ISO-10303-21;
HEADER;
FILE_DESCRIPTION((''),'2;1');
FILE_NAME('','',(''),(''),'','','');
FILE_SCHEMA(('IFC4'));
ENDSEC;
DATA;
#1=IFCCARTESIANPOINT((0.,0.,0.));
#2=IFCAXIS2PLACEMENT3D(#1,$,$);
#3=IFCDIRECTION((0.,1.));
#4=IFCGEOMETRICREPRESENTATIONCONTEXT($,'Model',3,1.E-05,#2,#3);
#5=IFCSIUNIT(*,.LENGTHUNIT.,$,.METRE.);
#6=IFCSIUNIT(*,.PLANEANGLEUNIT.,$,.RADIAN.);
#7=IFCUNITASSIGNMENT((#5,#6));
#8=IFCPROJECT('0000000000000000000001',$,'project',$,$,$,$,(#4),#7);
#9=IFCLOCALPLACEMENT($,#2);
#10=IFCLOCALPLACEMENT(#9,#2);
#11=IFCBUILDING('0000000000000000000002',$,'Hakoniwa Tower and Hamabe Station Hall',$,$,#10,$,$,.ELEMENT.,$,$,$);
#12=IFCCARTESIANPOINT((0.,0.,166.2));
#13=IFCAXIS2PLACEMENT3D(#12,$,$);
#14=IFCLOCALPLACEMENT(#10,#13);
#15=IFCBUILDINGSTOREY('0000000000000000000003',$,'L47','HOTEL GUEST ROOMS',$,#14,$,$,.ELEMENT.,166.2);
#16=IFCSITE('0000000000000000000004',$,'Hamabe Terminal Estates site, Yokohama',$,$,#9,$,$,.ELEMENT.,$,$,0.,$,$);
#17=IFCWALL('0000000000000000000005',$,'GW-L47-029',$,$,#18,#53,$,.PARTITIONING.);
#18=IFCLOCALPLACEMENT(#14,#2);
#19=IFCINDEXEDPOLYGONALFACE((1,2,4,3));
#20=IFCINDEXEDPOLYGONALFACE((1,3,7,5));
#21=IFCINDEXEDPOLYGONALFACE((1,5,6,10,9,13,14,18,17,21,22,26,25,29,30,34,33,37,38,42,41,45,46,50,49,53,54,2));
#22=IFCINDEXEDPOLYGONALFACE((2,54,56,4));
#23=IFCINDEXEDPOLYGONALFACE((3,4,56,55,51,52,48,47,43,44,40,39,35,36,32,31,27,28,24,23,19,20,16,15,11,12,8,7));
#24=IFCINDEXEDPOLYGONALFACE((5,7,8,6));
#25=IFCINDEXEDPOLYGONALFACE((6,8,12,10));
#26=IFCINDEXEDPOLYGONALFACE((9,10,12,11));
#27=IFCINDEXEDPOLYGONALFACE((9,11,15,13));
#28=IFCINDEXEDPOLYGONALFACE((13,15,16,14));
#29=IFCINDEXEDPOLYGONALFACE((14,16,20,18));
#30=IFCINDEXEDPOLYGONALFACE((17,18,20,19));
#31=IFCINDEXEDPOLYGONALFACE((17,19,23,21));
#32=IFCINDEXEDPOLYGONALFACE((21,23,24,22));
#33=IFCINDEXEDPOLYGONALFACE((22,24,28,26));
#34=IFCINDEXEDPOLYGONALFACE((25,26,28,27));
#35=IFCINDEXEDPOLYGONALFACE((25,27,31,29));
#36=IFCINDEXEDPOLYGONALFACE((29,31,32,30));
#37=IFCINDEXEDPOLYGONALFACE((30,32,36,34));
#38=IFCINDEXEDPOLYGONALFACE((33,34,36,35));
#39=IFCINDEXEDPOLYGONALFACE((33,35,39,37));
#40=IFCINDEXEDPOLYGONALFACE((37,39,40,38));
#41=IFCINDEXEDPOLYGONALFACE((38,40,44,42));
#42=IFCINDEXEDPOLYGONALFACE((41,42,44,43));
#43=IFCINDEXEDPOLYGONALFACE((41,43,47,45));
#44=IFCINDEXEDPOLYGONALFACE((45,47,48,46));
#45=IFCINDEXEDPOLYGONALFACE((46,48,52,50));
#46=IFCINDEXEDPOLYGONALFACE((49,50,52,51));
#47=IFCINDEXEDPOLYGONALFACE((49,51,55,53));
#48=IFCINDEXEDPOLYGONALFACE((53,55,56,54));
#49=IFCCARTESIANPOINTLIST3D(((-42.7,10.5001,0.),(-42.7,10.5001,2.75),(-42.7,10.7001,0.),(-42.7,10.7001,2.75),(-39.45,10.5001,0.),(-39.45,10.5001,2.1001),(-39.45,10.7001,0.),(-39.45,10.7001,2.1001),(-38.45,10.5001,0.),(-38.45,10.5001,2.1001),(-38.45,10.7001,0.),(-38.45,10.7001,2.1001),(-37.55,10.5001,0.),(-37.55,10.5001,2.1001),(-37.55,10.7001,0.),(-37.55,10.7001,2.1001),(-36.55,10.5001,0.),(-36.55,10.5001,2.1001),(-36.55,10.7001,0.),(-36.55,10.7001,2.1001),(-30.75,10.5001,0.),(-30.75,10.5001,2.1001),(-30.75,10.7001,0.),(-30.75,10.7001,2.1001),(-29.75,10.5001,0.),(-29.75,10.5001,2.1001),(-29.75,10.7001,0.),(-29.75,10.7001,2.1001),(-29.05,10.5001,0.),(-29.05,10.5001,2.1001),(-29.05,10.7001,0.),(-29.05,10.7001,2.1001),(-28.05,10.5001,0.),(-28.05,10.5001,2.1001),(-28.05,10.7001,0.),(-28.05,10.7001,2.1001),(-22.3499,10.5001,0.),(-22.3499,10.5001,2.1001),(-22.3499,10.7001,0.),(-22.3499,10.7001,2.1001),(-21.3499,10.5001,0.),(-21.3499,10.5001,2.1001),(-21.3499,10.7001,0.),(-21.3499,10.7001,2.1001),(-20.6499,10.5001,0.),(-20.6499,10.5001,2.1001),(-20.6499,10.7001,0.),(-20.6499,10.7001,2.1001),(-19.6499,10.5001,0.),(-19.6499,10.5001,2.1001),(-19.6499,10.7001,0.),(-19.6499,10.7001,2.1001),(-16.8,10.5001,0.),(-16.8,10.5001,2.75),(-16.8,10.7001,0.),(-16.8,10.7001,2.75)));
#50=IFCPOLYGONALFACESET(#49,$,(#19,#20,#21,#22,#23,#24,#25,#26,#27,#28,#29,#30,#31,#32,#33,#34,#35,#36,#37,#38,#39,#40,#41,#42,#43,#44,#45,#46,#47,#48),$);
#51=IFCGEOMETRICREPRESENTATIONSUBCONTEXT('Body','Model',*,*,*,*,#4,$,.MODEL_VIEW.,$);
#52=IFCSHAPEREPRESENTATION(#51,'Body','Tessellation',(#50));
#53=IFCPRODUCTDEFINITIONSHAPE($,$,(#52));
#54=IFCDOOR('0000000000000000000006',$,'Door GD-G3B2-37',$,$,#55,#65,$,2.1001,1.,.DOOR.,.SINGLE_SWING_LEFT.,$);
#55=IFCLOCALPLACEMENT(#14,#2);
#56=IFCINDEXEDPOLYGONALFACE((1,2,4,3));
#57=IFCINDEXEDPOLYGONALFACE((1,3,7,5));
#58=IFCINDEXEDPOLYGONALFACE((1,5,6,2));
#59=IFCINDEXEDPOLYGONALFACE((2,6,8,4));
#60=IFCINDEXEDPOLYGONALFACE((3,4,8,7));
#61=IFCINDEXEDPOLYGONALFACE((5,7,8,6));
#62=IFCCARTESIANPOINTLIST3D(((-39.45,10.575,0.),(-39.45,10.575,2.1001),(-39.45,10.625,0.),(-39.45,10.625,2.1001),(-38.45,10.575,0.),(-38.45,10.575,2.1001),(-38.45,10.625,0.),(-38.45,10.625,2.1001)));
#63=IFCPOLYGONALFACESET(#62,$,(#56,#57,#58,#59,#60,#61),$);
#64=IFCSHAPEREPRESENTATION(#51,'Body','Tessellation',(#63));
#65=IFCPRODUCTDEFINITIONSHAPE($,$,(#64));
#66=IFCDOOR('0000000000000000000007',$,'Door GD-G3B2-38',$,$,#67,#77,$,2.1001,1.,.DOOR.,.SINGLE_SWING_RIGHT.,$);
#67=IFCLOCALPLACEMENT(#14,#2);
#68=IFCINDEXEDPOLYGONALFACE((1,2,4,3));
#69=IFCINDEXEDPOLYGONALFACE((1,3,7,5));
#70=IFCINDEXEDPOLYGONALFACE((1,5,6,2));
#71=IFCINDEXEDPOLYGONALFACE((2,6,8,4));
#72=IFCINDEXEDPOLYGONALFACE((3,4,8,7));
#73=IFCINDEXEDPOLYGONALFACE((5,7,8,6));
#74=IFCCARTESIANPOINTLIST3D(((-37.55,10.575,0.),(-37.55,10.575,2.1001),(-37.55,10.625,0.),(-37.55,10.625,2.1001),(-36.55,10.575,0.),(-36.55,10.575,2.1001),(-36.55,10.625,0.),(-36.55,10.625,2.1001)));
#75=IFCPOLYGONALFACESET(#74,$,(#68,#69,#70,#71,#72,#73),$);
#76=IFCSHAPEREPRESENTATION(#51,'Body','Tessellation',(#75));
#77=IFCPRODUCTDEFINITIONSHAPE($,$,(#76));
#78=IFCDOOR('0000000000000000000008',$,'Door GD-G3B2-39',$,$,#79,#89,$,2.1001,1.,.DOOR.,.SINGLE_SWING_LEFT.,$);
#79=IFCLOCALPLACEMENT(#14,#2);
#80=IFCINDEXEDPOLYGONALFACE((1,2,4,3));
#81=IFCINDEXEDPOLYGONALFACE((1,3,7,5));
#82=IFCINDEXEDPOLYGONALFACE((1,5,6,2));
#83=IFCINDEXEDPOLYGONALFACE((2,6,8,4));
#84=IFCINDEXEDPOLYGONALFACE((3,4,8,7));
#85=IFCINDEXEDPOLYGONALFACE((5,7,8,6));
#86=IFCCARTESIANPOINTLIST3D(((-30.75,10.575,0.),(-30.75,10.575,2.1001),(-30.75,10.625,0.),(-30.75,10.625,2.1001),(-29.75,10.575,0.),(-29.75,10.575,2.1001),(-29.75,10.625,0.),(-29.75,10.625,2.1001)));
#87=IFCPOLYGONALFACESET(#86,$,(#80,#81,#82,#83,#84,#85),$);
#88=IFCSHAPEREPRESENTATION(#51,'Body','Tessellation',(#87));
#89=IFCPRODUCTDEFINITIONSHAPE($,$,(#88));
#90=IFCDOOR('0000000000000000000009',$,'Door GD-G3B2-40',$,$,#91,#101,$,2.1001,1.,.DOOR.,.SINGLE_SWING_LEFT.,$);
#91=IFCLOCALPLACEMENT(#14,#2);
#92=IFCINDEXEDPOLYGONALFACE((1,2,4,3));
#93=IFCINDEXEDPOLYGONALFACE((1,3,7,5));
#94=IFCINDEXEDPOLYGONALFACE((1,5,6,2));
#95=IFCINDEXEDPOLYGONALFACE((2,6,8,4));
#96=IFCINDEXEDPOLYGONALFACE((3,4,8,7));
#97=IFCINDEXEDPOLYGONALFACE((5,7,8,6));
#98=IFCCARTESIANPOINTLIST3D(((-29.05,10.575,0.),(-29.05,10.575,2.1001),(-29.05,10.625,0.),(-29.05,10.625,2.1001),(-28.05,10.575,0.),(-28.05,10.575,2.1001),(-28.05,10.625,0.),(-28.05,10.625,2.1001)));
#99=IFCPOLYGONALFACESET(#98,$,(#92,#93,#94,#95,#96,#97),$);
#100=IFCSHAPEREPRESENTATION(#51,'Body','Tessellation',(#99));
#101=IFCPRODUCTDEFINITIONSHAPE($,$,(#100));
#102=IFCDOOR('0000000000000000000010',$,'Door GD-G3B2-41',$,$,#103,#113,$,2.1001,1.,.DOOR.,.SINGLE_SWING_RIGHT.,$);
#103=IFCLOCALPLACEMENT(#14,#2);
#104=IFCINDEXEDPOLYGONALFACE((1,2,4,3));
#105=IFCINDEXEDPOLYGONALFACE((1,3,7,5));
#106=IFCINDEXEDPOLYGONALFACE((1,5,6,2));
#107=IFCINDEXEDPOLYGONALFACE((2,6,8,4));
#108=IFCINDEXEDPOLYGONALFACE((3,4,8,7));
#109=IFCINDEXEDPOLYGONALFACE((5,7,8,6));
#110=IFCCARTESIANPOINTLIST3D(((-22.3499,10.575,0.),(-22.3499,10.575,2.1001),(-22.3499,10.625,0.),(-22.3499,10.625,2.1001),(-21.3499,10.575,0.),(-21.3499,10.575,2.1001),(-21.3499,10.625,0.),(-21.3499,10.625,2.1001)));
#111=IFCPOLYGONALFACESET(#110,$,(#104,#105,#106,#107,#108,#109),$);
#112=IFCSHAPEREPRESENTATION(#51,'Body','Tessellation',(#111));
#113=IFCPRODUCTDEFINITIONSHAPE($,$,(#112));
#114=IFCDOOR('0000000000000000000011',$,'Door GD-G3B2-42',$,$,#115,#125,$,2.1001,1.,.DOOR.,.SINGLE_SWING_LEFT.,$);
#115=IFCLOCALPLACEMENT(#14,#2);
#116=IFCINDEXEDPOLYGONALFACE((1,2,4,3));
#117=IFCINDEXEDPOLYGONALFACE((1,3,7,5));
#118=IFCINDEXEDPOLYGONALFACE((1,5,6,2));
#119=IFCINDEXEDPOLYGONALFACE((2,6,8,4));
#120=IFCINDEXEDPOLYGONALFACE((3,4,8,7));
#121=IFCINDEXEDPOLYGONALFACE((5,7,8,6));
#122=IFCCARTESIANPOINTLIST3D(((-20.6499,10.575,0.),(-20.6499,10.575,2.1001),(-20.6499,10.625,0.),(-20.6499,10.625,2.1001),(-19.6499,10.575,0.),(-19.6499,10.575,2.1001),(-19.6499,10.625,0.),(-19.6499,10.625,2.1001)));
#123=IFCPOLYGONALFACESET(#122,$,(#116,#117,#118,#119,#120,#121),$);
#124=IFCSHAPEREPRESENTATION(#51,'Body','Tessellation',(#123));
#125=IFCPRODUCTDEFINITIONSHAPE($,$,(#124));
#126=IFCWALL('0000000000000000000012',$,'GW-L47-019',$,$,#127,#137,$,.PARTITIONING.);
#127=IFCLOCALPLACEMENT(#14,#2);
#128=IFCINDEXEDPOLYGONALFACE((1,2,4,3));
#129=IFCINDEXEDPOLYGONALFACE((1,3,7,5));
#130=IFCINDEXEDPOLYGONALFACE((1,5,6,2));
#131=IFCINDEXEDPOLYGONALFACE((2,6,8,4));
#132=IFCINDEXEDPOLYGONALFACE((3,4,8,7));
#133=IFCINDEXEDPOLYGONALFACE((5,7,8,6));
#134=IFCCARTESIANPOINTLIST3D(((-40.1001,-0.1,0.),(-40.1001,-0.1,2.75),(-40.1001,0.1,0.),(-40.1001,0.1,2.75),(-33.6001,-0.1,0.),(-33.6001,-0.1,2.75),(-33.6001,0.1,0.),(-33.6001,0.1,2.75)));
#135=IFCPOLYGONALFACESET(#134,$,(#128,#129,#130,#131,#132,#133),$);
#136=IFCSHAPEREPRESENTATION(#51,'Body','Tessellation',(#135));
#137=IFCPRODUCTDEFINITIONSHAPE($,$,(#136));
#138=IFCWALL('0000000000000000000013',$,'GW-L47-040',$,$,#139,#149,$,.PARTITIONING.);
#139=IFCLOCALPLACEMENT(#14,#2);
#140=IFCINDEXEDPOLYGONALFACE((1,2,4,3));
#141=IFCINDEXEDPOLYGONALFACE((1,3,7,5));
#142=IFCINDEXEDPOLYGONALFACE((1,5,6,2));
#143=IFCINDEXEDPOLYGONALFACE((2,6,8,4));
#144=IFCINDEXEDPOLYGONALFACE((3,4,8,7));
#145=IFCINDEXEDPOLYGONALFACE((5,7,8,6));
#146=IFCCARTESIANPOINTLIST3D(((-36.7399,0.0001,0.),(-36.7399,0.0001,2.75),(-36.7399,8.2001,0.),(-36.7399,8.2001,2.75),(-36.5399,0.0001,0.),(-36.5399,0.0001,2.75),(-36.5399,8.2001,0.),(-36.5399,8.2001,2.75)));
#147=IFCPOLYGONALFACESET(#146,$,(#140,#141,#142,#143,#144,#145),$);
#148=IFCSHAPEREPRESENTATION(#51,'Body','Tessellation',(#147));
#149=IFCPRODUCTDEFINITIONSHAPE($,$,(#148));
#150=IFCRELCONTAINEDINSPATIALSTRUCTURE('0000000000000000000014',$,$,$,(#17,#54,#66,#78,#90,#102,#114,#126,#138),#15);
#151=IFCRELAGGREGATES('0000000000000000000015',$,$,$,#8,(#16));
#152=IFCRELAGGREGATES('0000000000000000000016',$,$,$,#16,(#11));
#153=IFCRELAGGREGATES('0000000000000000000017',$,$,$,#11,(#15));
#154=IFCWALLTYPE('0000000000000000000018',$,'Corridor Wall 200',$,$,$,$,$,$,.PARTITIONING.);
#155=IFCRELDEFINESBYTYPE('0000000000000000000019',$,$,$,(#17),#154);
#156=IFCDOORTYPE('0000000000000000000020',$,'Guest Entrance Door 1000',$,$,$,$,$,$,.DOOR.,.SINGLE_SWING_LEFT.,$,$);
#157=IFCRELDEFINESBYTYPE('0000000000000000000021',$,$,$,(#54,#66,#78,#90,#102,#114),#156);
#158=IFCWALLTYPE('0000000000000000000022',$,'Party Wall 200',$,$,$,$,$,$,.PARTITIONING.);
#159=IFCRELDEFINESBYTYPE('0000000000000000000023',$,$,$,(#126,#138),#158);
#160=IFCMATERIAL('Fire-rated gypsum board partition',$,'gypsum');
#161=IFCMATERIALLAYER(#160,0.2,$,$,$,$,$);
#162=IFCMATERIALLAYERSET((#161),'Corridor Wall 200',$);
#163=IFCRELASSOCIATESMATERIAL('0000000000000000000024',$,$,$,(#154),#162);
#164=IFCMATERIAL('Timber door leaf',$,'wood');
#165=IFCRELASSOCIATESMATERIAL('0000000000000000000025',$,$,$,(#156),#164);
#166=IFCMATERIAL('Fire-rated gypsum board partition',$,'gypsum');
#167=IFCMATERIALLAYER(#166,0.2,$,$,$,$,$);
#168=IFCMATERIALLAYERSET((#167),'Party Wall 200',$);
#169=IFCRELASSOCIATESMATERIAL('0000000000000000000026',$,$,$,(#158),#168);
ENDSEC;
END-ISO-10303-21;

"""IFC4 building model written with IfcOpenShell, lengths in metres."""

from ifc_helpers import new_model, si_unit, direction, frame, frame_2d, origin, place, context, subcontext, project, spatial, rectangle, extrude, material, layer, layer_set, type_object, element, fill, save


model = new_model("IFC4")

# Units and contexts
model_context = context("Model", 3, precision=1e-05, world=origin(), true_north=direction((0.0, 1.0)))
body_context = subcontext(model_context, "Body", "Model", "MODEL_VIEW")
ifc_project = project(units=[si_unit("LENGTHUNIT", "METRE"), si_unit("PLANEANGLEUNIT", "RADIAN")], contexts=[model_context])

# Site, building, storey
site_placement = place(None, origin())
site = spatial("IfcSite", under=ifc_project, at=site_placement, Name="Hamabe Terminal Estates site, Yokohama", CompositionType="ELEMENT", RefElevation=0.0)
building_placement = place(site_placement, origin())
building = spatial("IfcBuilding", under=site, at=building_placement, Name="Hakoniwa Tower and Hamabe Station Hall", CompositionType="ELEMENT")
storey_placement = place(building_placement, frame((0.0, 0.0, 166.2)))
storey = spatial("IfcBuildingStorey", under=building, at=storey_placement, Name="L47", Description="HOTEL GUEST ROOMS", CompositionType="ELEMENT", Elevation=166.2)

# Wall, openings, doors
ifc_material_1 = material(Name="Fire-rated gypsum board partition", Category="gypsum")
ifc_layer_1 = layer(ifc_material_1, 0.2)
ifc_layer_set_1 = layer_set([ifc_layer_1], Name="Corridor Wall 200")
wall_type_1 = type_object("IfcWallType", Name="Corridor Wall 200", PredefinedType="PARTITIONING", material=ifc_layer_set_1)
wall_1_placement = place(storey_placement, frame((-42.7, 10.6001, 0.0), z_axis=(0.0, 0.0, 1.0), x_axis=(1.0, 0.0, 0.0)))
wall_1 = element("IfcWall", 1, at=wall_1_placement, inside=storey, type_object=wall_type_1, Name="GW-L47-029", PredefinedType="PARTITIONING", context=body_context, shape_type="SweptSolid", body=[
    extrude(rectangle(XDim=25.8999, YDim=0.2, at=frame_2d((12.95, 0.0))), origin(), (0.0, 0.0, 1.0), 2.75),
])
opening_1_placement = place(wall_1_placement, frame((3.25, 0.0, 0.0)))
opening_1 = element("IfcOpeningElement", 2, at=opening_1_placement, cuts=wall_1, PredefinedType="OPENING", context=body_context, shape_type="SweptSolid", body=[
    extrude(rectangle(XDim=1.0, YDim=2.1001, at=frame_2d((0.5, 1.05))), frame((0.0, 0.1099, 0.0), z_axis=(0.0, -1.0, 0.0), x_axis=(1.0, 0.0, 0.0)), (0.0, 0.0, 1.0), 0.22),
])
opening_2_placement = place(wall_1_placement, frame((5.1499, 0.0, 0.0)))
opening_2 = element("IfcOpeningElement", 3, at=opening_2_placement, cuts=wall_1, PredefinedType="OPENING", context=body_context, shape_type="SweptSolid", body=[
    extrude(rectangle(XDim=1.0, YDim=2.1001, at=frame_2d((0.5, 1.05))), frame((0.0, 0.1099, 0.0), z_axis=(0.0, -1.0, 0.0), x_axis=(1.0, 0.0, 0.0)), (0.0, 0.0, 1.0), 0.22),
])
opening_3_placement = place(wall_1_placement, frame((11.95, 0.0, 0.0)))
opening_3 = element("IfcOpeningElement", 4, at=opening_3_placement, cuts=wall_1, PredefinedType="OPENING", context=body_context, shape_type="SweptSolid", body=[
    extrude(rectangle(XDim=1.0, YDim=2.1001, at=frame_2d((0.5, 1.05))), frame((0.0, 0.1099, 0.0), z_axis=(0.0, -1.0, 0.0), x_axis=(1.0, 0.0, 0.0)), (0.0, 0.0, 1.0), 0.22),
])
opening_4_placement = place(wall_1_placement, frame((13.6499, 0.0, 0.0)))
opening_4 = element("IfcOpeningElement", 5, at=opening_4_placement, cuts=wall_1, PredefinedType="OPENING", context=body_context, shape_type="SweptSolid", body=[
    extrude(rectangle(XDim=1.0, YDim=2.1001, at=frame_2d((0.5, 1.05))), frame((0.0, 0.1099, 0.0), z_axis=(0.0, -1.0, 0.0), x_axis=(1.0, 0.0, 0.0)), (0.0, 0.0, 1.0), 0.22),
])
opening_5_placement = place(wall_1_placement, frame((20.3501, 0.0, 0.0)))
opening_5 = element("IfcOpeningElement", 6, at=opening_5_placement, cuts=wall_1, PredefinedType="OPENING", context=body_context, shape_type="SweptSolid", body=[
    extrude(rectangle(XDim=1.0, YDim=2.1001, at=frame_2d((0.5, 1.05))), frame((0.0, 0.1099, 0.0), z_axis=(0.0, -1.0, 0.0), x_axis=(1.0, 0.0, 0.0)), (0.0, 0.0, 1.0), 0.22),
])
opening_6_placement = place(wall_1_placement, frame((22.05, 0.0, 0.0)))
opening_6 = element("IfcOpeningElement", 7, at=opening_6_placement, cuts=wall_1, PredefinedType="OPENING", context=body_context, shape_type="SweptSolid", body=[
    extrude(rectangle(XDim=1.0, YDim=2.1001, at=frame_2d((0.5, 1.05))), frame((0.0, 0.1099, 0.0), z_axis=(0.0, -1.0, 0.0), x_axis=(1.0, 0.0, 0.0)), (0.0, 0.0, 1.0), 0.22),
])
ifc_material_2 = material(Name="Timber door leaf", Category="wood")
door_type_1 = type_object("IfcDoorType", Name="Guest Entrance Door 1000", OperationType="SINGLE_SWING_LEFT", PredefinedType="DOOR", material=ifc_material_2)
door_1_placement = place(opening_1_placement, origin())
door_1 = element("IfcDoor", 8, at=door_1_placement, inside=storey, type_object=door_type_1, Name="Door GD-G3B2-37", OperationType="SINGLE_SWING_LEFT", OverallHeight=2.1001, OverallWidth=1.0, PredefinedType="DOOR", context=body_context, shape_type="SweptSolid", body=[
    extrude(rectangle(XDim=1.0, YDim=2.1001, at=frame_2d((0.5, 1.05))), frame((0.0, 0.0249, 0.0), z_axis=(0.0, -1.0, 0.0), x_axis=(1.0, 0.0, 0.0)), (0.0, 0.0, 1.0), 0.05),
])
fill(opening_1, door_1)
door_2_placement = place(opening_2_placement, origin())
door_2 = element("IfcDoor", 9, at=door_2_placement, inside=storey, type_object=door_type_1, Name="Door GD-G3B2-38", OperationType="SINGLE_SWING_RIGHT", OverallHeight=2.1001, OverallWidth=1.0, PredefinedType="DOOR", context=body_context, shape_type="SweptSolid", body=[
    extrude(rectangle(XDim=1.0, YDim=2.1001, at=frame_2d((0.5, 1.05))), frame((0.0, 0.0249, 0.0), z_axis=(0.0, -1.0, 0.0), x_axis=(1.0, 0.0, 0.0)), (0.0, 0.0, 1.0), 0.05),
])
fill(opening_2, door_2)
door_3_placement = place(opening_3_placement, origin())
door_3 = element("IfcDoor", 10, at=door_3_placement, inside=storey, type_object=door_type_1, Name="Door GD-G3B2-39", OperationType="SINGLE_SWING_LEFT", OverallHeight=2.1001, OverallWidth=1.0, PredefinedType="DOOR", context=body_context, shape_type="SweptSolid", body=[
    extrude(rectangle(XDim=1.0, YDim=2.1001, at=frame_2d((0.5, 1.05))), frame((0.0, 0.0249, 0.0), z_axis=(0.0, -1.0, 0.0), x_axis=(1.0, 0.0, 0.0)), (0.0, 0.0, 1.0), 0.05),
])
fill(opening_3, door_3)
door_4_placement = place(opening_4_placement, origin())
door_4 = element("IfcDoor", 11, at=door_4_placement, inside=storey, type_object=door_type_1, Name="Door GD-G3B2-40", OperationType="SINGLE_SWING_LEFT", OverallHeight=2.1001, OverallWidth=1.0, PredefinedType="DOOR", context=body_context, shape_type="SweptSolid", body=[
    extrude(rectangle(XDim=1.0, YDim=2.1001, at=frame_2d((0.5, 1.05))), frame((0.0, 0.0249, 0.0), z_axis=(0.0, -1.0, 0.0), x_axis=(1.0, 0.0, 0.0)), (0.0, 0.0, 1.0), 0.05),
])
fill(opening_4, door_4)
door_5_placement = place(opening_5_placement, origin())
door_5 = element("IfcDoor", 12, at=door_5_placement, inside=storey, type_object=door_type_1, Name="Door GD-G3B2-41", OperationType="SINGLE_SWING_RIGHT", OverallHeight=2.1001, OverallWidth=1.0, PredefinedType="DOOR", context=body_context, shape_type="SweptSolid", body=[
    extrude(rectangle(XDim=1.0, YDim=2.1001, at=frame_2d((0.5, 1.05))), frame((0.0, 0.0249, 0.0), z_axis=(0.0, -1.0, 0.0), x_axis=(1.0, 0.0, 0.0)), (0.0, 0.0, 1.0), 0.05),
])
fill(opening_5, door_5)
door_6_placement = place(opening_6_placement, origin())
door_6 = element("IfcDoor", 13, at=door_6_placement, inside=storey, type_object=door_type_1, Name="Door GD-G3B2-42", OperationType="SINGLE_SWING_LEFT", OverallHeight=2.1001, OverallWidth=1.0, PredefinedType="DOOR", context=body_context, shape_type="SweptSolid", body=[
    extrude(rectangle(XDim=1.0, YDim=2.1001, at=frame_2d((0.5, 1.05))), frame((0.0, 0.0249, 0.0), z_axis=(0.0, -1.0, 0.0), x_axis=(1.0, 0.0, 0.0)), (0.0, 0.0, 1.0), 0.05),
])
fill(opening_6, door_6)

# Walls
ifc_material_3 = material(Name="Fire-rated gypsum board partition", Category="gypsum")
ifc_layer_2 = layer(ifc_material_3, 0.2)
ifc_layer_set_2 = layer_set([ifc_layer_2], Name="Party Wall 200")
wall_type_2 = type_object("IfcWallType", Name="Party Wall 200", PredefinedType="PARTITIONING", material=ifc_layer_set_2)
wall_2_placement = place(storey_placement, frame((-40.1001, 0.0, 0.0), z_axis=(0.0, 0.0, 1.0), x_axis=(1.0, 0.0, 0.0)))
element("IfcWall", 14, at=wall_2_placement, inside=storey, type_object=wall_type_2, Name="GW-L47-019", PredefinedType="PARTITIONING", context=body_context, shape_type="SweptSolid", body=[
    extrude(rectangle(XDim=6.5, YDim=0.2, at=frame_2d((3.25, 0.0))), origin(), (0.0, 0.0, 1.0), 2.75),
])
wall_3_placement = place(storey_placement, frame((-36.6399, 0.0, 0.0), z_axis=(0.0, 0.0, 1.0), x_axis=(0.0, 1.0, 0.0)))
element("IfcWall", 15, at=wall_3_placement, inside=storey, type_object=wall_type_2, Name="GW-L47-040", PredefinedType="PARTITIONING", context=body_context, shape_type="SweptSolid", body=[
    extrude(rectangle(XDim=8.2, YDim=0.2, at=frame_2d((4.1001, 0.0))), origin(), (0.0, 0.0, 1.0), 2.75),
])

save(model, "model.ifc")
